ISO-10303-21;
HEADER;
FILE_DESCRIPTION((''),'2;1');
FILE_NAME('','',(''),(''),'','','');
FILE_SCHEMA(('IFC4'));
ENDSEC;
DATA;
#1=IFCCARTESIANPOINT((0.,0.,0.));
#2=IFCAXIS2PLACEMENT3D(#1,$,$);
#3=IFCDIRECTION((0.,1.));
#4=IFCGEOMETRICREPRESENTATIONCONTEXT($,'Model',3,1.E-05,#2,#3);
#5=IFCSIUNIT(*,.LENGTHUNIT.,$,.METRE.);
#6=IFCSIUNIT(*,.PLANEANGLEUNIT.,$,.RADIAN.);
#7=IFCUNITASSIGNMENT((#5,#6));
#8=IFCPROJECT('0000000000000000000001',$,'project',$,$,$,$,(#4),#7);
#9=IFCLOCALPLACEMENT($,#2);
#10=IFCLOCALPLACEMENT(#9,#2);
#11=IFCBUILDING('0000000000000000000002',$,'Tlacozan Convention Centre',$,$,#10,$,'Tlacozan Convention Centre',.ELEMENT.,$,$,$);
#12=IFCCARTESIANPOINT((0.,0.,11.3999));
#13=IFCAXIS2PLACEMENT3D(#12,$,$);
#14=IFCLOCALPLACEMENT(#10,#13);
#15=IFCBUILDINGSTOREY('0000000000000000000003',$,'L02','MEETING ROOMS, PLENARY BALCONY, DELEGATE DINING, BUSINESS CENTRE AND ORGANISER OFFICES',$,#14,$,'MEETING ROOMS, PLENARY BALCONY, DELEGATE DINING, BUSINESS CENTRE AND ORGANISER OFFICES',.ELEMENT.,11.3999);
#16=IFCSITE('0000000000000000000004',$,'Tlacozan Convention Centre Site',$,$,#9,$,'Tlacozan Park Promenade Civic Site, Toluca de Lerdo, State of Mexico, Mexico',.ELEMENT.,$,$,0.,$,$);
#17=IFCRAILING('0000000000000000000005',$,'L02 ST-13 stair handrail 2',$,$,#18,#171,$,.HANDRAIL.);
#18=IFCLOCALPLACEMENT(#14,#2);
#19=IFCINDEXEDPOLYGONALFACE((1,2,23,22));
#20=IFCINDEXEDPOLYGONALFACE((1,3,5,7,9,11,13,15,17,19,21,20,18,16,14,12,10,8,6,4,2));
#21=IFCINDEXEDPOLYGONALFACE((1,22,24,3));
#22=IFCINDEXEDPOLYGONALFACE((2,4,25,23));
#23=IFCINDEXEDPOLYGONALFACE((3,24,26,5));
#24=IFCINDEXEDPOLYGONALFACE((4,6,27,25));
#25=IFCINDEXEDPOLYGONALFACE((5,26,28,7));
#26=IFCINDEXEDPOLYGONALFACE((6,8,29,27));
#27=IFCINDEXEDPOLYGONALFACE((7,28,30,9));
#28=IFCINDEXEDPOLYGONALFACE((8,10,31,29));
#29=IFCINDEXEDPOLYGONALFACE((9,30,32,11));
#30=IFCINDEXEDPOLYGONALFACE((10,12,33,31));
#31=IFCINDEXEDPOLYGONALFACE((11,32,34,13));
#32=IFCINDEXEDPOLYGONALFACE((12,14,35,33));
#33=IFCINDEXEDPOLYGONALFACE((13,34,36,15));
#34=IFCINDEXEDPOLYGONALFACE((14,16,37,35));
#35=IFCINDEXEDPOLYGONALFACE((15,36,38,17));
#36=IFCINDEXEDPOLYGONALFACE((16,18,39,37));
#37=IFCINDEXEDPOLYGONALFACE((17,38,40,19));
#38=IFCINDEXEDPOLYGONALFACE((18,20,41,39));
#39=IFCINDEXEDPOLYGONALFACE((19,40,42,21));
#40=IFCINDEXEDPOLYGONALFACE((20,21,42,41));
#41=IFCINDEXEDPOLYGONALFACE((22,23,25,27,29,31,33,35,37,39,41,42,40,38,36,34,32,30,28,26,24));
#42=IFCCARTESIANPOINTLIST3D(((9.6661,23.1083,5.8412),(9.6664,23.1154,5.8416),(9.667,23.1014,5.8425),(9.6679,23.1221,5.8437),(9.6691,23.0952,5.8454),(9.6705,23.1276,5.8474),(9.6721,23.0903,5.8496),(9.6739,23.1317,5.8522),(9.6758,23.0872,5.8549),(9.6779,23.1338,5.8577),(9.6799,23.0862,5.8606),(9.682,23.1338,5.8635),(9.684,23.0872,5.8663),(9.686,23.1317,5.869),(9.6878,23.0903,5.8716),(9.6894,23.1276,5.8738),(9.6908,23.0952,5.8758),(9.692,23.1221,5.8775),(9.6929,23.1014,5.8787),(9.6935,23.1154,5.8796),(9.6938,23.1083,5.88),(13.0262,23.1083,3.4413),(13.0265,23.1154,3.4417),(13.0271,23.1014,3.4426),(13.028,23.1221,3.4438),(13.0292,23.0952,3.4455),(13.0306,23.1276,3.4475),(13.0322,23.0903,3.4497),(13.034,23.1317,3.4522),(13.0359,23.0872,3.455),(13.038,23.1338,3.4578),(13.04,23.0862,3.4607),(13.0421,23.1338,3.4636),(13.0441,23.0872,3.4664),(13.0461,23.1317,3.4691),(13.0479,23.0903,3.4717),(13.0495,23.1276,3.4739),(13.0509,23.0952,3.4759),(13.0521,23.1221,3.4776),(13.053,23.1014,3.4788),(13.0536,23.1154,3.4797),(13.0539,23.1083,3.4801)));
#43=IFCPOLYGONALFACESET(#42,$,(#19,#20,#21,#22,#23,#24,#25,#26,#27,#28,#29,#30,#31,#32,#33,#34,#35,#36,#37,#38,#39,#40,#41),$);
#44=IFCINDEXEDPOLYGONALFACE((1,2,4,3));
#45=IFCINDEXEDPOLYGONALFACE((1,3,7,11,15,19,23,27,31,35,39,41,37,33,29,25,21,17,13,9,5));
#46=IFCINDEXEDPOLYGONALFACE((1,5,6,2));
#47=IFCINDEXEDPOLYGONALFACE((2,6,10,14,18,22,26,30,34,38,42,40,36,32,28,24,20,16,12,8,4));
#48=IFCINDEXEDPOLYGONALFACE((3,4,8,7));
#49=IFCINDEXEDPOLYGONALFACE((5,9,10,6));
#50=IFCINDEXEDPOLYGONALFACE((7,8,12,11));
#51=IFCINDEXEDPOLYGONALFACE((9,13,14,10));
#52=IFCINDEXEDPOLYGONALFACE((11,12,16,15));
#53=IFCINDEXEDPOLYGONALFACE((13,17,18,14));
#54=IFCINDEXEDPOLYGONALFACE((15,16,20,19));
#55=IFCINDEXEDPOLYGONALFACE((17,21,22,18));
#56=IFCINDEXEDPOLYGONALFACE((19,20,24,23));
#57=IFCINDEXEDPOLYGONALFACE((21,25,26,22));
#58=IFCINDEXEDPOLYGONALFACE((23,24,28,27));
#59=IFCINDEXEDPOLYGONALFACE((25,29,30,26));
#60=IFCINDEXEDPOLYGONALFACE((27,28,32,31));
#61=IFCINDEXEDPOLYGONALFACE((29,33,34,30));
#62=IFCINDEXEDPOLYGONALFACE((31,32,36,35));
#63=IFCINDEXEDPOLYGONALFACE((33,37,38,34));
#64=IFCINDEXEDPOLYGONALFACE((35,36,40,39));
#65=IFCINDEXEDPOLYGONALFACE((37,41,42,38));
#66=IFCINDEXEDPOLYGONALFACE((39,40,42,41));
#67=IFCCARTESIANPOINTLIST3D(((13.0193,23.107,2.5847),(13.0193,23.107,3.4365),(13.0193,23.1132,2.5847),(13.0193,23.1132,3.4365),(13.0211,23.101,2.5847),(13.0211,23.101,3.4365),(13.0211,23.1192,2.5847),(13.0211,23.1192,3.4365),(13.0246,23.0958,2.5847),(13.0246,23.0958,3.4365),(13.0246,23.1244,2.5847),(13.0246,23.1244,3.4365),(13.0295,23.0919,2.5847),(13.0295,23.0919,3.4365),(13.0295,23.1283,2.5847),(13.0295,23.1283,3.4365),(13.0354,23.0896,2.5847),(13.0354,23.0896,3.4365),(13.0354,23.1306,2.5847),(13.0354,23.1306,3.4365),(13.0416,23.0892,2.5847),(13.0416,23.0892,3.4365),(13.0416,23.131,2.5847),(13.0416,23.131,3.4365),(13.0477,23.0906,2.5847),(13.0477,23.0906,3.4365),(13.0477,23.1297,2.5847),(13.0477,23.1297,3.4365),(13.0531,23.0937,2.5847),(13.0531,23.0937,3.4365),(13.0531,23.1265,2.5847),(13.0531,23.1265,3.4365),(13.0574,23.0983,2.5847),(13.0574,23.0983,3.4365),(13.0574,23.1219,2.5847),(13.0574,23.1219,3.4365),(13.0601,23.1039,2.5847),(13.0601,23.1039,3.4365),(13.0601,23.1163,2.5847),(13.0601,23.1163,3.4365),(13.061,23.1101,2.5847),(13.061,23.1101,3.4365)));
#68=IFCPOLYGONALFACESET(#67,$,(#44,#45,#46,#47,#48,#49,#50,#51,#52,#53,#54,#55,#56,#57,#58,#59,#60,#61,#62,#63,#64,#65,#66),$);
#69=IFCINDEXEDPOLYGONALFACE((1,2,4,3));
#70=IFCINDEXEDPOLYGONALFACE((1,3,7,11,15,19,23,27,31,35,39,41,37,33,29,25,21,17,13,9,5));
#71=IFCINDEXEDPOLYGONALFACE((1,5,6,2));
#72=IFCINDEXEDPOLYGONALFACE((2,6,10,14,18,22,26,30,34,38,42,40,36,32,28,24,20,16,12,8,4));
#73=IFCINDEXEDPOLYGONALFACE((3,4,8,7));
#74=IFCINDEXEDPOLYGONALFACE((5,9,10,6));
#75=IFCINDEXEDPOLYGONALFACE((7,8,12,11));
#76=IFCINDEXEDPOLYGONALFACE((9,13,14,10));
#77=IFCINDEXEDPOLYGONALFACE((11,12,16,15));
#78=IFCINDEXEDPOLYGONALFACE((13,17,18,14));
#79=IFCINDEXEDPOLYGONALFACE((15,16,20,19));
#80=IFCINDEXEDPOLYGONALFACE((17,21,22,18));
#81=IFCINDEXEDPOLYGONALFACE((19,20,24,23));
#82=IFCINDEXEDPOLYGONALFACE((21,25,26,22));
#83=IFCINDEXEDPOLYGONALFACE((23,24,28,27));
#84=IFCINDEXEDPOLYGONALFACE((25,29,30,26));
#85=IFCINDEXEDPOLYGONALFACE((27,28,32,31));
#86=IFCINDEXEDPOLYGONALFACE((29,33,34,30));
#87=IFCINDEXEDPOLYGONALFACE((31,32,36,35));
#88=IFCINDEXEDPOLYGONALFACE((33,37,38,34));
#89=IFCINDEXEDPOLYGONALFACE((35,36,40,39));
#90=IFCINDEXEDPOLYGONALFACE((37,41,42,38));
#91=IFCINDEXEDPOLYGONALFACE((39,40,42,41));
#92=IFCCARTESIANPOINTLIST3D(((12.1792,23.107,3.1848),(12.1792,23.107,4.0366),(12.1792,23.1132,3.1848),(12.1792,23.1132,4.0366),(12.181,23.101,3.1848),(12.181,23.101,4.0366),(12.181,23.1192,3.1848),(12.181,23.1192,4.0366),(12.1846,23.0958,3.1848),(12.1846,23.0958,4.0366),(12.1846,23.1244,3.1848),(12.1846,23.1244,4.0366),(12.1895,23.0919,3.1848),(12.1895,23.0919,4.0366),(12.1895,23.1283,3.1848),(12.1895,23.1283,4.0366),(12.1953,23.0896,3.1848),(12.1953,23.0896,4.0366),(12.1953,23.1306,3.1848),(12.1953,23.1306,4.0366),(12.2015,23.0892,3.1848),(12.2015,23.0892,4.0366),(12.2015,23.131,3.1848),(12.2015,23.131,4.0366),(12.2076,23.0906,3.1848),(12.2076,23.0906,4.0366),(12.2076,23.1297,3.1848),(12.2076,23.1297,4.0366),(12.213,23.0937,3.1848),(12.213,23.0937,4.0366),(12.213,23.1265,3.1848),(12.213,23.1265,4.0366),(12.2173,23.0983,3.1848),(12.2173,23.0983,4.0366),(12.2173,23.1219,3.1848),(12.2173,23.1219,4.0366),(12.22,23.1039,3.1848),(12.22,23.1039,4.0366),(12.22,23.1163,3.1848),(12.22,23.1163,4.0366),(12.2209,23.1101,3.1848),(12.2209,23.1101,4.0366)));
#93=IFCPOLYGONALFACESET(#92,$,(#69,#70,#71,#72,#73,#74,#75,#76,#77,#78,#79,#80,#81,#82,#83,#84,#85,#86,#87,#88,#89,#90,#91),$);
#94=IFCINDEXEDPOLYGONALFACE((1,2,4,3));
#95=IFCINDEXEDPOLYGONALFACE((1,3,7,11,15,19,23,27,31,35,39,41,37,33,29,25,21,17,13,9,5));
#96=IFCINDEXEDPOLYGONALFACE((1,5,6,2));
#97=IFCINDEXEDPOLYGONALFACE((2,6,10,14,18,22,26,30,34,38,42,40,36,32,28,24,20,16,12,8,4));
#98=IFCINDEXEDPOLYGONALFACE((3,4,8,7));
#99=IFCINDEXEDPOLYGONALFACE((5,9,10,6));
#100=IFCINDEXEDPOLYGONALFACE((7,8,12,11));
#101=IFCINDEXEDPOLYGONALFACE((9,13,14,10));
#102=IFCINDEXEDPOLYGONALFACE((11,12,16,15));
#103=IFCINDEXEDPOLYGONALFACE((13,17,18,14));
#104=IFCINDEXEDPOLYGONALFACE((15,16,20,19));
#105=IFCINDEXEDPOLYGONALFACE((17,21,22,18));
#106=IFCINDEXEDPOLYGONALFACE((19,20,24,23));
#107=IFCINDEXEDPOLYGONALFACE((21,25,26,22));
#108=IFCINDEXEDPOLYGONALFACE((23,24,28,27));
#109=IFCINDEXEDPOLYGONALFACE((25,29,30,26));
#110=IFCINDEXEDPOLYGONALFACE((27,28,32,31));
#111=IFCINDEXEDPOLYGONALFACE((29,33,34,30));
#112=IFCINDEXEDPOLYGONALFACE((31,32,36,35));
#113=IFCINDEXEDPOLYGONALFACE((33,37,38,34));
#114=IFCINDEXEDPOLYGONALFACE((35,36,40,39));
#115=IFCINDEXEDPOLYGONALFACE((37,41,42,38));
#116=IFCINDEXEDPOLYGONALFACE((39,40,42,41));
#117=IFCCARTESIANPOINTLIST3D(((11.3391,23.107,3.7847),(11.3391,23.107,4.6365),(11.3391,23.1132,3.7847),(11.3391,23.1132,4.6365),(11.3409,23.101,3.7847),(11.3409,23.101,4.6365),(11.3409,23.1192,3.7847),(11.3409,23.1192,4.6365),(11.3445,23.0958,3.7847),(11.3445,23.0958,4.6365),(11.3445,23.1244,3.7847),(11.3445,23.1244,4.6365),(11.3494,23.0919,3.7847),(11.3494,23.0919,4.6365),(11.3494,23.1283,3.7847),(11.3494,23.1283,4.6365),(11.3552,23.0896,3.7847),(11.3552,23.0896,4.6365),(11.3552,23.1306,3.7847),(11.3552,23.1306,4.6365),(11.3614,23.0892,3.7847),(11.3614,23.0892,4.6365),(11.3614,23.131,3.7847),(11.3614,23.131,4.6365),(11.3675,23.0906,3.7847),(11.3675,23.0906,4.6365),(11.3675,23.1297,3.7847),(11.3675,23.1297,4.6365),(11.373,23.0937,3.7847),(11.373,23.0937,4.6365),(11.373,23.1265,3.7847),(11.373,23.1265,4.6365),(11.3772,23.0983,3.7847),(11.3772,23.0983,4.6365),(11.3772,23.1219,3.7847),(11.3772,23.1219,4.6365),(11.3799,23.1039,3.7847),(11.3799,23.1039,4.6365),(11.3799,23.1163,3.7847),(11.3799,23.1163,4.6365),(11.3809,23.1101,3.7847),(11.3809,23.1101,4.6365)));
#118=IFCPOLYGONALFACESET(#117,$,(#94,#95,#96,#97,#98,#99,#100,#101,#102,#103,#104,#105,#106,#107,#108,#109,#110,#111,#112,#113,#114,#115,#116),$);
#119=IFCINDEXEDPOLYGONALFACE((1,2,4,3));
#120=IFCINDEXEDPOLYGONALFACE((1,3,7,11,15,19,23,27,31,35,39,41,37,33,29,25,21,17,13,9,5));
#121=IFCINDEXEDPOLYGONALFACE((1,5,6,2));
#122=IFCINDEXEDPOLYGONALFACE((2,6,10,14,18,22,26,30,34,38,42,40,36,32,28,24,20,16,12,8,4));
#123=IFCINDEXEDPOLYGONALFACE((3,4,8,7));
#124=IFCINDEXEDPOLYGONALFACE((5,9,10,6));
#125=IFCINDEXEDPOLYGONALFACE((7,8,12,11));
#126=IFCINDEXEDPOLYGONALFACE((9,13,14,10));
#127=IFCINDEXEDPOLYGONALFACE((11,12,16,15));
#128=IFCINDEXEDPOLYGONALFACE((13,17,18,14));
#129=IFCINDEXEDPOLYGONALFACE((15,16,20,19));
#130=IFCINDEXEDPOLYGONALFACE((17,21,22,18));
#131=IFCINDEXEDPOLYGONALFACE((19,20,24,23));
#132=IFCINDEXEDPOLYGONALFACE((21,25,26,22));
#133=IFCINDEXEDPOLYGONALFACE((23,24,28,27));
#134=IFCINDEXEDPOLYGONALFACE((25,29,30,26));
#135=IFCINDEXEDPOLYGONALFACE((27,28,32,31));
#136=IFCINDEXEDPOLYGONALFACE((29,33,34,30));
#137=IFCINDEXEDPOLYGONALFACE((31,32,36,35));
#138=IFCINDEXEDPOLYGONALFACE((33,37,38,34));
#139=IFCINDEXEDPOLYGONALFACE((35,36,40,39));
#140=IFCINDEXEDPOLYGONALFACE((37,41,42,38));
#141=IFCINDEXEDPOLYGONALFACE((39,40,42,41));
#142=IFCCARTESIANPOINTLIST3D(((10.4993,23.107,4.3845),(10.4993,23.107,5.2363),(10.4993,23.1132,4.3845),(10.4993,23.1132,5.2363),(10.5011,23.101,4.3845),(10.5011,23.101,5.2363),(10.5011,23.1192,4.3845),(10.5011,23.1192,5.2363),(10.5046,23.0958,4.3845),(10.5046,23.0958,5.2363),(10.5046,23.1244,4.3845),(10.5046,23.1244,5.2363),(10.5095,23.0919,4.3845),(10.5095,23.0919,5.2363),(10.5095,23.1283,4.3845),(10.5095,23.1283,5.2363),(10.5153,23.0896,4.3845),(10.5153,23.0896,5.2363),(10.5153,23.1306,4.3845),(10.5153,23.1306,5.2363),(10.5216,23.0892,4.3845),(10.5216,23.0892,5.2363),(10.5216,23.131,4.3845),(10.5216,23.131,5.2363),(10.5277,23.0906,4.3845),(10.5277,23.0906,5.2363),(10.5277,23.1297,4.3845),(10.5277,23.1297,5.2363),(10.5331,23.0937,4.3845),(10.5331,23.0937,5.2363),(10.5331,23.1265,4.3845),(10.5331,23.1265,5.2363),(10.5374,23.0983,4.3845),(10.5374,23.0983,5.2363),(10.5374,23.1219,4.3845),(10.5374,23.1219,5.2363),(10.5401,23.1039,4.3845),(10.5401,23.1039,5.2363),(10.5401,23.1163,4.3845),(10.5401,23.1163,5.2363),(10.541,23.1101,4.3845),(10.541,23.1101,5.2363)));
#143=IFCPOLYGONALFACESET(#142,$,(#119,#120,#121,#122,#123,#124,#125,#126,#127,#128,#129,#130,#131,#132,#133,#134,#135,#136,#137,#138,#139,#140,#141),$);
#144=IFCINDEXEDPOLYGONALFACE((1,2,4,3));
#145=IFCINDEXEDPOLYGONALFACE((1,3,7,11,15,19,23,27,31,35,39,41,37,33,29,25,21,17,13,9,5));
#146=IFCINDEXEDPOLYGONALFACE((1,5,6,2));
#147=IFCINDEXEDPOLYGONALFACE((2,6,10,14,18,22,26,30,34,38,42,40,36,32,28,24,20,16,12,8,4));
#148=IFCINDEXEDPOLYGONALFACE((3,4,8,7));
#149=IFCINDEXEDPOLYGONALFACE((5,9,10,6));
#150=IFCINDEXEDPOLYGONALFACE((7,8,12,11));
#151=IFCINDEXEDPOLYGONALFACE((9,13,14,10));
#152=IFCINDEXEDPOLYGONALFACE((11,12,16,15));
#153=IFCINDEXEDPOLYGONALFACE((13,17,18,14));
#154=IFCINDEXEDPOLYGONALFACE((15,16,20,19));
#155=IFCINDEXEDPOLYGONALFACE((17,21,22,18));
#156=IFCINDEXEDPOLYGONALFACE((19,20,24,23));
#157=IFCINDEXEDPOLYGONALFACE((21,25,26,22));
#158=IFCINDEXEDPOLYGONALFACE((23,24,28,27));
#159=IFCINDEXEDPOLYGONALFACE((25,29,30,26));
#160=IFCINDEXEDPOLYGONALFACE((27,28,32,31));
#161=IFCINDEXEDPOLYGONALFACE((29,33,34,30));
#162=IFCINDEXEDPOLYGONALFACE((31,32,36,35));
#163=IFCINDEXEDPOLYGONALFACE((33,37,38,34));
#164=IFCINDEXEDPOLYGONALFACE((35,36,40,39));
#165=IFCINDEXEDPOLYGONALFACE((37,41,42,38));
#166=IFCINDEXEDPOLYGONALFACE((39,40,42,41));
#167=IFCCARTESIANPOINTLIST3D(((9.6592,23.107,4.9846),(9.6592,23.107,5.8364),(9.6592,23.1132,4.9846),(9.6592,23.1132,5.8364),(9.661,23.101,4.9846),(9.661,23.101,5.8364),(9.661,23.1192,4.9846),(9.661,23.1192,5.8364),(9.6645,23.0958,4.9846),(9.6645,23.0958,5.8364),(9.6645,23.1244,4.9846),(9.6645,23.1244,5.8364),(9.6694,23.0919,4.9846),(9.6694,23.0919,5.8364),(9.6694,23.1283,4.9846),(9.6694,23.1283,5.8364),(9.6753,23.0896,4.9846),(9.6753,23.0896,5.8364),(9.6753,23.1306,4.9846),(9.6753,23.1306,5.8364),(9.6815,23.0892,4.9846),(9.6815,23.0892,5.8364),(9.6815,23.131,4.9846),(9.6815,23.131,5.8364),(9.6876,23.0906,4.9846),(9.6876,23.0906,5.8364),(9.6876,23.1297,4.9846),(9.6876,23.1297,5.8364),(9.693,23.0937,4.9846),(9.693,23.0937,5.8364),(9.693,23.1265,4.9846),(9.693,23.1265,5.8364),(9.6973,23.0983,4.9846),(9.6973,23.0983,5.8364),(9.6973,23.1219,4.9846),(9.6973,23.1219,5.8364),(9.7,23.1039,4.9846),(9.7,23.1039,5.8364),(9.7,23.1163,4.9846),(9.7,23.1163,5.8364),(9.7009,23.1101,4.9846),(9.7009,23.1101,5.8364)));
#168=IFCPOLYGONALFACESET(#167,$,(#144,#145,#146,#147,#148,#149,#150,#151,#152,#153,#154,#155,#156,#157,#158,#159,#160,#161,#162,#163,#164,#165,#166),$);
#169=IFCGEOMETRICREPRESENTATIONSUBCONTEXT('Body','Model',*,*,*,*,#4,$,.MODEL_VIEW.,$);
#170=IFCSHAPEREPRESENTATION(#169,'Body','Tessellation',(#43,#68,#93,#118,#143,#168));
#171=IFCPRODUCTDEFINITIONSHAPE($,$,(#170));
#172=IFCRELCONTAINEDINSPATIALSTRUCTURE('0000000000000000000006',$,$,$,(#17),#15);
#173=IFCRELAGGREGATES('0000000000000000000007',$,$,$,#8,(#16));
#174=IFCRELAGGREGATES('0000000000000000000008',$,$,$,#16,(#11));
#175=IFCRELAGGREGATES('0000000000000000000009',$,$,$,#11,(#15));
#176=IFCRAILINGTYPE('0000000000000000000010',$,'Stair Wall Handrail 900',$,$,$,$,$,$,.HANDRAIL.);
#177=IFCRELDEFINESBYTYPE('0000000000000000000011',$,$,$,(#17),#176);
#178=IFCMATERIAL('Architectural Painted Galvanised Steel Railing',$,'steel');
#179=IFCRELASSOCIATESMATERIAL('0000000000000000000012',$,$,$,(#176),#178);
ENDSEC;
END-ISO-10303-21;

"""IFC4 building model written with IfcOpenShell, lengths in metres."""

from ifc_helpers import new_model, si_unit, direction, frame, origin, origin_2d, place, context, subcontext, project, spatial, circle, extrude, material, type_object, element, save


model = new_model("IFC4")

# Units and contexts
model_context = context("Model", 3, precision=1e-05, world=origin(), true_north=direction((0.0, 1.0)))
body_context = subcontext(model_context, "Body", "Model", "MODEL_VIEW")
ifc_project = project(units=[si_unit("LENGTHUNIT", "METRE"), si_unit("PLANEANGLEUNIT", "RADIAN")], contexts=[model_context])

# Site, building, storey
site_placement = place(None, origin())
site = spatial("IfcSite", under=ifc_project, at=site_placement, Name="Tlacozan Convention Centre Site", LongName="Tlacozan Park Promenade Civic Site, Toluca de Lerdo, State of Mexico, Mexico", CompositionType="ELEMENT", RefElevation=0.0)
building_placement = place(site_placement, origin())
building = spatial("IfcBuilding", under=site, at=building_placement, Name="Tlacozan Convention Centre", LongName="Tlacozan Convention Centre", CompositionType="ELEMENT")
storey_placement = place(building_placement, frame((0.0, 0.0, 11.3999)))
storey = spatial("IfcBuildingStorey", under=building, at=storey_placement, Name="L02", Description="MEETING ROOMS, PLENARY BALCONY, DELEGATE DINING, BUSINESS CENTRE AND ORGANISER OFFICES", LongName="MEETING ROOMS, PLENARY BALCONY, DELEGATE DINING, BUSINESS CENTRE AND ORGANISER OFFICES", CompositionType="ELEMENT", Elevation=11.3999)

# Railing
ifc_material_1 = material(Name="Architectural Painted Galvanised Steel Railing", Category="steel")
railing_type_1 = type_object("IfcRailingType", Name="Stair Wall Handrail 900", PredefinedType="HANDRAIL", material=ifc_material_1)
railing_1_placement = place(storey_placement, frame((13.04, 23.1101, 2.5847)))
element("IfcRailing", 1, at=railing_1_placement, inside=storey, type_object=railing_type_1, Name="L02 ST-13 stair handrail 2", PredefinedType="HANDRAIL", context=body_context, shape_type="SweptSolid", body=[
    extrude(circle(Radius=0.0239, at=origin_2d()), frame((0.0, 0.0, 0.876), z_axis=(-0.813753, 0.0, 0.58121), x_axis=(0.0, -1.0, 0.0)), (0.0, 0.0, 1.0), 4.1292),
    extrude(circle(Radius=0.021, at=origin_2d()), origin(), (0.0, 0.0, 1.0), 0.8518),
    extrude(circle(Radius=0.021, at=origin_2d()), frame((-0.8401, 0.0, 0.6001)), (0.0, 0.0, 1.0), 0.8518),
    extrude(circle(Radius=0.021, at=origin_2d()), frame((-1.6802, 0.0, 1.2)), (0.0, 0.0, 1.0), 0.8518),
    extrude(circle(Radius=0.021, at=origin_2d()), frame((-2.52, 0.0, 1.7998)), (0.0, 0.0, 1.0), 0.8518),
    extrude(circle(Radius=0.021, at=origin_2d()), frame((-3.3601, 0.0, 2.3999)), (0.0, 0.0, 1.0), 0.8518),
])

save(model, "model.ifc")
